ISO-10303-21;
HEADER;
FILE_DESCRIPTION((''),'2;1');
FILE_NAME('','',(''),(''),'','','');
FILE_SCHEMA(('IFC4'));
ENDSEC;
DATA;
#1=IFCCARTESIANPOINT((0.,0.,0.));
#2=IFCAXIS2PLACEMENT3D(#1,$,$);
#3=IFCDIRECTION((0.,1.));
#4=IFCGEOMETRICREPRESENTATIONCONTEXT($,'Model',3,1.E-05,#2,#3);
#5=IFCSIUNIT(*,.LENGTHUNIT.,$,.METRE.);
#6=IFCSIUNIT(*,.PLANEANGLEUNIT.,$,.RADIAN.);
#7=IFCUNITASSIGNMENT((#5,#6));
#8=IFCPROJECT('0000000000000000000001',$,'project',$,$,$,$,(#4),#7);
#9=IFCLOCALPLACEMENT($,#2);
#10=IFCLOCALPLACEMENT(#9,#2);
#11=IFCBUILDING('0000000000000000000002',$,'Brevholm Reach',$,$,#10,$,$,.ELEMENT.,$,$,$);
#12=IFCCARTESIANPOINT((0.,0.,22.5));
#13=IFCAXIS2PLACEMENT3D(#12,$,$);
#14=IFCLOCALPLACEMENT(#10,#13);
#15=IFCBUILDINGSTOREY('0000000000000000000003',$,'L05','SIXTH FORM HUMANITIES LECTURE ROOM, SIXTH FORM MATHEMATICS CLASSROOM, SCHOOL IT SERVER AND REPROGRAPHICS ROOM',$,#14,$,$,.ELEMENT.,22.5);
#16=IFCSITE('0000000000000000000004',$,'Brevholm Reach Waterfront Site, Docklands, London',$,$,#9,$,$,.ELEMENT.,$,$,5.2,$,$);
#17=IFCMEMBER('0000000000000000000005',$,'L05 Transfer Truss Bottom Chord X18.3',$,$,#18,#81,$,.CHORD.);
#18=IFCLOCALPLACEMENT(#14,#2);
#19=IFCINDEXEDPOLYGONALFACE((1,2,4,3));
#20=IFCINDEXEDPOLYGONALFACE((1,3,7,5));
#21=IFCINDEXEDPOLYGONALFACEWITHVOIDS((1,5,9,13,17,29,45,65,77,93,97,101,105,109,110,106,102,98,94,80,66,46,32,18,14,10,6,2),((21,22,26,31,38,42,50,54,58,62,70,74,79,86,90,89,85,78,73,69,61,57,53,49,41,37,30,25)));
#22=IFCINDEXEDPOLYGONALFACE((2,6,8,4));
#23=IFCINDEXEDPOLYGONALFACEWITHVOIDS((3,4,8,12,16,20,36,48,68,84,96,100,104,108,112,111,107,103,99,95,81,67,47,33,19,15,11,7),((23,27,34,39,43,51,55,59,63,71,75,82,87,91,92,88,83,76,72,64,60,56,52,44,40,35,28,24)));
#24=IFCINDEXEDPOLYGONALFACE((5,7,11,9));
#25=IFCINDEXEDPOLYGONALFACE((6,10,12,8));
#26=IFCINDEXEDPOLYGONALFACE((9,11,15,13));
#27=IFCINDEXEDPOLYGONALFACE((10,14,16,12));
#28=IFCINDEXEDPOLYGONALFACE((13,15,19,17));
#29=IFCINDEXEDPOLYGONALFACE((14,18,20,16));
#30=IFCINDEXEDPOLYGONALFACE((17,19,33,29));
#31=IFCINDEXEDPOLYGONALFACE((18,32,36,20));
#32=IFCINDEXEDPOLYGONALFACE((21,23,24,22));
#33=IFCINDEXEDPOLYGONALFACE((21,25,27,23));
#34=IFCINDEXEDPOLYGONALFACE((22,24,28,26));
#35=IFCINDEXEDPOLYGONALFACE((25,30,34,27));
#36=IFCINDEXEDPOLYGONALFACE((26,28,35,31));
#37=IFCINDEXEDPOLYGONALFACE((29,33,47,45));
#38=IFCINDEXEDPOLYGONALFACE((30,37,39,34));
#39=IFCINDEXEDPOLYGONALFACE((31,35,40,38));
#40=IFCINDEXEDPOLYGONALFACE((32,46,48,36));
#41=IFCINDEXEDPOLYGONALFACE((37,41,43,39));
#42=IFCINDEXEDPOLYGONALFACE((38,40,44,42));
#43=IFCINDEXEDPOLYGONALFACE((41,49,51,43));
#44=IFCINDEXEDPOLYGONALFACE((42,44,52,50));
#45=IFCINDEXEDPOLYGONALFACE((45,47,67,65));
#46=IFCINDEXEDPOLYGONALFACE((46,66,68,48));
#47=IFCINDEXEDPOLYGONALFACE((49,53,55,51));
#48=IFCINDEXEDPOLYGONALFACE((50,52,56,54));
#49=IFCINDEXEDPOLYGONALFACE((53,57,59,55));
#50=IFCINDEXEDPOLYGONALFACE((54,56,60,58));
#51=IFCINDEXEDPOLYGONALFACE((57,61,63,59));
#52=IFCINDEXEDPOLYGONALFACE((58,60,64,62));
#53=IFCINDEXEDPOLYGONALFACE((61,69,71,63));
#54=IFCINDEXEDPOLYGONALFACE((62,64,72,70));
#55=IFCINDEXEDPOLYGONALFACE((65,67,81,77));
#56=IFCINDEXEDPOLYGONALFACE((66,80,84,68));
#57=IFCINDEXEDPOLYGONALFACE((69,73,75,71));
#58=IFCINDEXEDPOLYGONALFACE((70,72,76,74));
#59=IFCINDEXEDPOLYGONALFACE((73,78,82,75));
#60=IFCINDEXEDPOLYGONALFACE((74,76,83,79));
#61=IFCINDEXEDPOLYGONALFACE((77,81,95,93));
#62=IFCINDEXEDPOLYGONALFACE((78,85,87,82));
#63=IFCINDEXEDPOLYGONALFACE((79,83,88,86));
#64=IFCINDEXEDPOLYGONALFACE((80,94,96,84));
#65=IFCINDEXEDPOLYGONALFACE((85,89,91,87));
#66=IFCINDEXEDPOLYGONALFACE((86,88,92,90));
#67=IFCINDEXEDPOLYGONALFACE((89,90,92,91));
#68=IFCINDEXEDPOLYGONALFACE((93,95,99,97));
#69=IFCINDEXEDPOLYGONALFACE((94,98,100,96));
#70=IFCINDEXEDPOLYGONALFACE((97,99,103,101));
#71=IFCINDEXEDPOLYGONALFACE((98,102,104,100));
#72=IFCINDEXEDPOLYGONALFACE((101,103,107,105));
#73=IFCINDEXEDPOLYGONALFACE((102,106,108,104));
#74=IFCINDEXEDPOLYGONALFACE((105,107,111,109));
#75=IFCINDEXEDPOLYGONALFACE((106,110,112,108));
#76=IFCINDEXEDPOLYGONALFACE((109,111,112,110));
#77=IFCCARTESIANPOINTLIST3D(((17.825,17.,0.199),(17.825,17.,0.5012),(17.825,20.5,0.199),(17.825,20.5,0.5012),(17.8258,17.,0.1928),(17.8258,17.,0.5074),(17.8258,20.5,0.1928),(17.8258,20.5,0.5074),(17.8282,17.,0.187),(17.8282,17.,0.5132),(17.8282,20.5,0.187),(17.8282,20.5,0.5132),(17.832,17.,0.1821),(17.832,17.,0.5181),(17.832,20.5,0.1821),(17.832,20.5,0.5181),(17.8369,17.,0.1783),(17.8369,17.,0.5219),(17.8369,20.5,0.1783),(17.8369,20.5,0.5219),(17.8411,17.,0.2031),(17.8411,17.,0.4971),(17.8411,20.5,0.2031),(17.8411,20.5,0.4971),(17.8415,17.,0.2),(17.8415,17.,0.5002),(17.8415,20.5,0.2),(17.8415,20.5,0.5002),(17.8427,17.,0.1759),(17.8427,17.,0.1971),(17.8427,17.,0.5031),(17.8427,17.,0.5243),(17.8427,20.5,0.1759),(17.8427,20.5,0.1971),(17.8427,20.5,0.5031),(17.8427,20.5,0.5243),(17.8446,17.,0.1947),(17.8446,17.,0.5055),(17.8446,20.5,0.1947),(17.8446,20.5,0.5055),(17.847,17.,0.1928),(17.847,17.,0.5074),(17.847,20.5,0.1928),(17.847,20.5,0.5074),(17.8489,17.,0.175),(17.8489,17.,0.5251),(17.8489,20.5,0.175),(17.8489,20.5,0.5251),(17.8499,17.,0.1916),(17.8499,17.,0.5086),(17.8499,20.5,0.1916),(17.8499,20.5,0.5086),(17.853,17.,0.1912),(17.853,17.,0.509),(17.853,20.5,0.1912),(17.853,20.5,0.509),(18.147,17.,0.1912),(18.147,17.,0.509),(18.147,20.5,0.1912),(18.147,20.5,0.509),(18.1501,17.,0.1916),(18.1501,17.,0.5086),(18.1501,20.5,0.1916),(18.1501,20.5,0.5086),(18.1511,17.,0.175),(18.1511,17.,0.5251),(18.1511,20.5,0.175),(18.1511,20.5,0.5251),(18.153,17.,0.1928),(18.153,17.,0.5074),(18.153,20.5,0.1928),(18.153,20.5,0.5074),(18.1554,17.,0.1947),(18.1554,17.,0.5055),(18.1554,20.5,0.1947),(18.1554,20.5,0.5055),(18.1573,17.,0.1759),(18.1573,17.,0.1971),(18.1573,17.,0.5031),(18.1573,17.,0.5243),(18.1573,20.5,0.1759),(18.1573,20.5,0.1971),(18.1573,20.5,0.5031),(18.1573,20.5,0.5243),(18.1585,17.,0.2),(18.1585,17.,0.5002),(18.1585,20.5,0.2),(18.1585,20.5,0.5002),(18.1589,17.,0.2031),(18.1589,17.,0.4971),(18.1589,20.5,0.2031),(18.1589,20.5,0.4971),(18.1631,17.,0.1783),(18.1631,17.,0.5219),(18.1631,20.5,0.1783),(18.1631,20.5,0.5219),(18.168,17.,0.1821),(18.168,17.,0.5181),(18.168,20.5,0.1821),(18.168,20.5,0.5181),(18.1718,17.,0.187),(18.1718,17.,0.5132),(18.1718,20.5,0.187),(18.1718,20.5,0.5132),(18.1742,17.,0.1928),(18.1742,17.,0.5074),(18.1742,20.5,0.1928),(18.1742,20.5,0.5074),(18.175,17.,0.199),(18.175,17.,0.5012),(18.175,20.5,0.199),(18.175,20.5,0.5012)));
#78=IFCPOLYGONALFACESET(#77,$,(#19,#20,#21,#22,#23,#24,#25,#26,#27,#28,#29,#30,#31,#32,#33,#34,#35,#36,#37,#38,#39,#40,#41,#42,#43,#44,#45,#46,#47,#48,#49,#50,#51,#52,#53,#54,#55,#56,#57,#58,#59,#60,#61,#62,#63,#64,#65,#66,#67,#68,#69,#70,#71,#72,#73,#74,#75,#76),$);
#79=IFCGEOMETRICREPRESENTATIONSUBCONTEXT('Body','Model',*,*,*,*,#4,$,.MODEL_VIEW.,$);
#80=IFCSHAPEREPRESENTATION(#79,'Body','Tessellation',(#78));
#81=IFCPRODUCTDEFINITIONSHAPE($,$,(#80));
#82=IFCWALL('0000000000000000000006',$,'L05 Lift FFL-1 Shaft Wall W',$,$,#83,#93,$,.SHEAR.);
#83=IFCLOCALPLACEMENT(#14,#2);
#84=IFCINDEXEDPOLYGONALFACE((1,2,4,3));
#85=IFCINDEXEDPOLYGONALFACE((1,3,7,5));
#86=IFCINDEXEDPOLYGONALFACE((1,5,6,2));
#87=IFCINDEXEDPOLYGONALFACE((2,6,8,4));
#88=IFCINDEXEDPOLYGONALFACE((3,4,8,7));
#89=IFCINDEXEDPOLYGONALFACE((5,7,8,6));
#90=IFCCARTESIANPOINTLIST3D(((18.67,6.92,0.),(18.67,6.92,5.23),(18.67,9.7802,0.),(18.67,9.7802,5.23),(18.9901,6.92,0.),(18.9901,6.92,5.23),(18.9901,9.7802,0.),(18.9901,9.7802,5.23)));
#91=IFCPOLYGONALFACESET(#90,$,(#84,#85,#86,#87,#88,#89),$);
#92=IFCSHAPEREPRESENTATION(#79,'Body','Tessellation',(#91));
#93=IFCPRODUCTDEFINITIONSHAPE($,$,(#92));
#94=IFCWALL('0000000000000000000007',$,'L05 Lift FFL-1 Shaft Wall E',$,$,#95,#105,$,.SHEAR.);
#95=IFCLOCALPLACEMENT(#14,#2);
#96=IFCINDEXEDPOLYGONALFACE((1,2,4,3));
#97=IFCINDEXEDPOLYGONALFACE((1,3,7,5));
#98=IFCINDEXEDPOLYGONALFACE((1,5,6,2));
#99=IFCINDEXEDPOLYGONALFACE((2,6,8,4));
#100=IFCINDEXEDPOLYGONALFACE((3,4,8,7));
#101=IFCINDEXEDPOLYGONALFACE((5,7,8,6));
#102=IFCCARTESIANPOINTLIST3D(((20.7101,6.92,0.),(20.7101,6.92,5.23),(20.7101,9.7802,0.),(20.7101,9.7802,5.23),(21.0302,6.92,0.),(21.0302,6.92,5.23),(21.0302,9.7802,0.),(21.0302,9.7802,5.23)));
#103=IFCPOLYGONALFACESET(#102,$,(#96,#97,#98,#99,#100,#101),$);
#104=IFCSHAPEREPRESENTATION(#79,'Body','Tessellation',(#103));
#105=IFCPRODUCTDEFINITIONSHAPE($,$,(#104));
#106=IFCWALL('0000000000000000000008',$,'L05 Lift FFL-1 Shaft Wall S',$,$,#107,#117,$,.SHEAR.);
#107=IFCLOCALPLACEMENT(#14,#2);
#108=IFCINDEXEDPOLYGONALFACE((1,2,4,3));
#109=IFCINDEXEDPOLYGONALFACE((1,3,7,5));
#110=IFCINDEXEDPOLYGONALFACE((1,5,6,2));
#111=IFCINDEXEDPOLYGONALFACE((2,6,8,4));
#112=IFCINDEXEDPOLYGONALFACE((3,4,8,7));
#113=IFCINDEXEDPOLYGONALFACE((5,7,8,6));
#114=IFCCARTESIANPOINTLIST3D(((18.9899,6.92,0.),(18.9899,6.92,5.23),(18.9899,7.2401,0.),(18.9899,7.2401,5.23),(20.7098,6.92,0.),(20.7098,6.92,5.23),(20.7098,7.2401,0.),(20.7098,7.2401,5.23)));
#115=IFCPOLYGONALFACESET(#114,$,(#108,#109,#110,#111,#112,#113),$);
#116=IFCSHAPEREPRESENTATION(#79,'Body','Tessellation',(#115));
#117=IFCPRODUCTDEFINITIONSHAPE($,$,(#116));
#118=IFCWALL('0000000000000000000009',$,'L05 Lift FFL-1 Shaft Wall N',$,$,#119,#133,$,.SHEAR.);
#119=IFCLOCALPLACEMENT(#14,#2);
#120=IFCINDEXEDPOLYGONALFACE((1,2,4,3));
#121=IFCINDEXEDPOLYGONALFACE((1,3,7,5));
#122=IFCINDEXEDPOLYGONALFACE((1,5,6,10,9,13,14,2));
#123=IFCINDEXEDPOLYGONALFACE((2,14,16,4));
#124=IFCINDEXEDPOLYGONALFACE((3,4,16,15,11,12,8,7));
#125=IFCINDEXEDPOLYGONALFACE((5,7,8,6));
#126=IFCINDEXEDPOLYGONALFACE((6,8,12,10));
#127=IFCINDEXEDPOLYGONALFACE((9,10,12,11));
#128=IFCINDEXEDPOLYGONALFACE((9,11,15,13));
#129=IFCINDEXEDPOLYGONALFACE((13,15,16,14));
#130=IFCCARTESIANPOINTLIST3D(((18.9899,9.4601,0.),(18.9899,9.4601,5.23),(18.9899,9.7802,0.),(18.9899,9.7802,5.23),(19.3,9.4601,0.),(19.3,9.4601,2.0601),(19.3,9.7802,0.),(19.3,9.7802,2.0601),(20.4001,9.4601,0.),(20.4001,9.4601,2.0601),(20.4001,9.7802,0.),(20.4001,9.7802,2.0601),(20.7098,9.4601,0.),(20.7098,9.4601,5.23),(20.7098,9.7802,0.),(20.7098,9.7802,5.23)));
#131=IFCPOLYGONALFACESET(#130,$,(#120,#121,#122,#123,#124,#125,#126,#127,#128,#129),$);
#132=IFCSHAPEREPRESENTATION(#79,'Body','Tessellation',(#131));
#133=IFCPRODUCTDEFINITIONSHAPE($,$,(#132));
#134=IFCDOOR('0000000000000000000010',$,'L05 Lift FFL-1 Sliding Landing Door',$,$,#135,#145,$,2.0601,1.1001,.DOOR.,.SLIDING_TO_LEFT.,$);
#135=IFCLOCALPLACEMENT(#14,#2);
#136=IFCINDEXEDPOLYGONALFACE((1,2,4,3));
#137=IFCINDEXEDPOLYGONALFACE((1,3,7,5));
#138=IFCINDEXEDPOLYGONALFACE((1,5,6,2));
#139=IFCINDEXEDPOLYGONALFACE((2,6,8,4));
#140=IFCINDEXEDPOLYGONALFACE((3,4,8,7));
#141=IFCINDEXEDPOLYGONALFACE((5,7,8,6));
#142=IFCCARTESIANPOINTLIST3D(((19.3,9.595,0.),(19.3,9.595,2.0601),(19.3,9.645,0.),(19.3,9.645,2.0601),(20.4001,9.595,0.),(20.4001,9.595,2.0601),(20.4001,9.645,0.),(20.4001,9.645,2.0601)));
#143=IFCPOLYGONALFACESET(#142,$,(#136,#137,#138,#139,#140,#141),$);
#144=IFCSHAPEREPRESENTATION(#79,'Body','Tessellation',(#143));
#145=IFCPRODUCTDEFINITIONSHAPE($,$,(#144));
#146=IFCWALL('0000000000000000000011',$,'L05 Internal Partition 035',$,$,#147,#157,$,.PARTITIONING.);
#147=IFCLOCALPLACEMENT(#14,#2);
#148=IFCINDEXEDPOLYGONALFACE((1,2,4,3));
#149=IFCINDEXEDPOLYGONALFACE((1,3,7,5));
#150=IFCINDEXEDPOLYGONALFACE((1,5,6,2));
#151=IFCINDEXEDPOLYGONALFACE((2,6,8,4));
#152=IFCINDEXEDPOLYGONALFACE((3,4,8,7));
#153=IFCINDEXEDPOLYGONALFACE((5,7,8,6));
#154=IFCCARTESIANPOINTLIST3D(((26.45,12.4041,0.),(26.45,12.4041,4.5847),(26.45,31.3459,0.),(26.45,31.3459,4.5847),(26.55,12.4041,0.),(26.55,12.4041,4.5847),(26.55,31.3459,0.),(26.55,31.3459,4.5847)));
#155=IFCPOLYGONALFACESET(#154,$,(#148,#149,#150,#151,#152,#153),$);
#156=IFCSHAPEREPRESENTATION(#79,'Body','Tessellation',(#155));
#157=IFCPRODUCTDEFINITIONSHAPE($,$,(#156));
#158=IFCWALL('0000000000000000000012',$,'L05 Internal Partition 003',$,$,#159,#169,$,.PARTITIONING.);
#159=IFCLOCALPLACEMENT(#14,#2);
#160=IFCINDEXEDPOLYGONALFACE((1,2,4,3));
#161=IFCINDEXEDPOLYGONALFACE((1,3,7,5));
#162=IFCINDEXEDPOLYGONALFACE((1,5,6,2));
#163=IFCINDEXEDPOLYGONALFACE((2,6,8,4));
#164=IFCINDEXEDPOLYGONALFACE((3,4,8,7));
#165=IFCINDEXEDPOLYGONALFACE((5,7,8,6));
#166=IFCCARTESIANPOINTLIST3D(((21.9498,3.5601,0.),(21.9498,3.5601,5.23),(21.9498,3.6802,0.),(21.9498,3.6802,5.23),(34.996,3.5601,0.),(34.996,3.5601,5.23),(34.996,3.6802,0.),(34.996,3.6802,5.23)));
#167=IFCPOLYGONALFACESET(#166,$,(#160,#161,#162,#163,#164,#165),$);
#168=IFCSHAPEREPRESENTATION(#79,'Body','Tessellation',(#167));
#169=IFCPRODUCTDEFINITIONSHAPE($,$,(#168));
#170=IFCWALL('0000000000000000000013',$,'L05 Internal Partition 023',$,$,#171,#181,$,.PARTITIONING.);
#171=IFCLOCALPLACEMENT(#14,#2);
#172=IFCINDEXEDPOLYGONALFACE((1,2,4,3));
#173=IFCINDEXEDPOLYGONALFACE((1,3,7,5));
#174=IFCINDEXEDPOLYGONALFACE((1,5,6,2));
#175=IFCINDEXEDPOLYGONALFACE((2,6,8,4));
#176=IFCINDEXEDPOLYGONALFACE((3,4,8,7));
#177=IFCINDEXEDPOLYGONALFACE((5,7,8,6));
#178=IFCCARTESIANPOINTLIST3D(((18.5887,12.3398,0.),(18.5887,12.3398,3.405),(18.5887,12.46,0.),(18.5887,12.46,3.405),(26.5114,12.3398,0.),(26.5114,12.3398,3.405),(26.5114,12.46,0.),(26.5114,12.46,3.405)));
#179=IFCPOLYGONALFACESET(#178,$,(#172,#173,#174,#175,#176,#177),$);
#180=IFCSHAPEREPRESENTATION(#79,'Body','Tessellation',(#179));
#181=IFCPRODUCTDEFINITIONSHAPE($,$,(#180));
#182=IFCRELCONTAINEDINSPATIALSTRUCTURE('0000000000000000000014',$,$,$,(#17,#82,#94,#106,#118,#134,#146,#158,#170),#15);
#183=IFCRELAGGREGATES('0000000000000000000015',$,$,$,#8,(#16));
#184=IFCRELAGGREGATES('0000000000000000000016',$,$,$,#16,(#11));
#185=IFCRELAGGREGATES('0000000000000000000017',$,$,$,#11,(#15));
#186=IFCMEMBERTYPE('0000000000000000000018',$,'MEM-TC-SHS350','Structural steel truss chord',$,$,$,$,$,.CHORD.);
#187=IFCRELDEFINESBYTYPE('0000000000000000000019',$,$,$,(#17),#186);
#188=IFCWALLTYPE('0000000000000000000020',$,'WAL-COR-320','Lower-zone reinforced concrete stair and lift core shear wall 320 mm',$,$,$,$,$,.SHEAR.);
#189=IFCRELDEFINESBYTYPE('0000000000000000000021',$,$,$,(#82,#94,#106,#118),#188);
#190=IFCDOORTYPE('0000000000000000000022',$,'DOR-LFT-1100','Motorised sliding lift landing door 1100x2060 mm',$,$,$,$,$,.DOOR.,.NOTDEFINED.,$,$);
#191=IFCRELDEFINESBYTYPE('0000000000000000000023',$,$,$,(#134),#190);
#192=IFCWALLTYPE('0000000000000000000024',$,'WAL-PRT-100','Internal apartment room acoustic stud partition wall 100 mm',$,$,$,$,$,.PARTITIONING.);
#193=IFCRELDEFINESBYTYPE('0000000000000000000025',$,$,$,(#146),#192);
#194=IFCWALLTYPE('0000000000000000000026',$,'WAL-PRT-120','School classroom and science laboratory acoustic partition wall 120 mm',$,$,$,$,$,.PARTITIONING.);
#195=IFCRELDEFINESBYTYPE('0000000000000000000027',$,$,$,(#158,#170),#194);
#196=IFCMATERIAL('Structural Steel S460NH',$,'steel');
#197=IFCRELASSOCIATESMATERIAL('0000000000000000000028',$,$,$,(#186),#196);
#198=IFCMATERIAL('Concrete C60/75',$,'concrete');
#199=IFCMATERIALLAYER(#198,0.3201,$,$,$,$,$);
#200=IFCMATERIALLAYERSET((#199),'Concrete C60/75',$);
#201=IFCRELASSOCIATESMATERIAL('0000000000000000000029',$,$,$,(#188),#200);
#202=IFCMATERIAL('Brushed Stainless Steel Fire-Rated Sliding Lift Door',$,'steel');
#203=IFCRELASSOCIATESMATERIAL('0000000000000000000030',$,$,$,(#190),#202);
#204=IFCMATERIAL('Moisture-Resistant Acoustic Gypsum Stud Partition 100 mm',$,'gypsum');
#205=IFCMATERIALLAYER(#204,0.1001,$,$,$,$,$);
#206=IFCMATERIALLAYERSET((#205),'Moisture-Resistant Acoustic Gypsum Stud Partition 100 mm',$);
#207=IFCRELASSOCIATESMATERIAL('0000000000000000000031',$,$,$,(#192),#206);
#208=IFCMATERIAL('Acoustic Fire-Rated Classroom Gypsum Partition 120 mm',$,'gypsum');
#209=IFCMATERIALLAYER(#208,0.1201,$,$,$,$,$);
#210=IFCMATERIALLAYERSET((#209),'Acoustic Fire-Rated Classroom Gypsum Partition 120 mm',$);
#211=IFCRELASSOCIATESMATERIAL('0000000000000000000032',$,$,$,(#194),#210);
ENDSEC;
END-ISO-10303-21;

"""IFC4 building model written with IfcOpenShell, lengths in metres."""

from ifc_helpers import new_model, si_unit, direction, frame, frame_2d, origin, origin_2d, place, context, subcontext, project, spatial, rectangle, hollow_rectangle, extrude, material, layer, layer_set, material_profile, profile_set, type_object, element, fill, save


model = new_model("IFC4")

# Units and contexts
model_context = context("Model", 3, precision=1e-05, world=origin(), true_north=direction((0.0, 1.0)))
body_context = subcontext(model_context, "Body", "Model", "MODEL_VIEW")
ifc_project = project(units=[si_unit("LENGTHUNIT", "METRE"), si_unit("PLANEANGLEUNIT", "RADIAN")], contexts=[model_context])

# Site, building, storey
site_placement = place(None, origin())
site = spatial("IfcSite", under=ifc_project, at=site_placement, Name="Brevholm Reach Waterfront Site, Docklands, London", CompositionType="ELEMENT", RefElevation=5.2)
building_placement = place(site_placement, origin())
building = spatial("IfcBuilding", under=site, at=building_placement, Name="Brevholm Reach", CompositionType="ELEMENT")
storey_placement = place(building_placement, frame((0.0, 0.0, 22.5)))
storey = spatial("IfcBuildingStorey", under=building, at=storey_placement, Name="L05", Description="SIXTH FORM HUMANITIES LECTURE ROOM, SIXTH FORM MATHEMATICS CLASSROOM, SCHOOL IT SERVER AND REPROGRAPHICS ROOM", CompositionType="ELEMENT", Elevation=22.5)

# Member
ifc_material_1 = material(Name="Structural Steel S460NH", Category="steel")
ifc_material_profile_1 = material_profile(ifc_material_1, hollow_rectangle(XDim=0.3501, YDim=0.3501, WallThickness=0.0161, InnerFilletRadius=0.012, OuterFilletRadius=0.0239, at=origin_2d()), Name="SHS 350x350x16")
ifc_profile_set_1 = profile_set([ifc_material_profile_1], Name="Structural Steel S460NH")
member_type_1 = type_object("IfcMemberType", Name="MEM-TC-SHS350", Description="Structural steel truss chord", PredefinedType="CHORD", material=ifc_profile_set_1)
member_1_placement = place(storey_placement, frame((18.0, 17.0, 0.3501), z_axis=(0.0, 1.0, 0.0), x_axis=(-1.0, 0.0, 0.0)))
element("IfcMember", 1, at=member_1_placement, inside=storey, type_object=member_type_1, Name="L05 Transfer Truss Bottom Chord X18.3", PredefinedType="CHORD", context=body_context, shape_type="SweptSolid", body=[
    extrude(hollow_rectangle(XDim=0.3501, YDim=0.3501, WallThickness=0.0161, InnerFilletRadius=0.012, OuterFilletRadius=0.0239, at=origin_2d()), origin(), (0.0, 0.0, 1.0), 3.5),
])

# Walls
ifc_material_2 = material(Name="Concrete C60/75", Category="concrete")
ifc_layer_1 = layer(ifc_material_2, 0.3201)
ifc_layer_set_1 = layer_set([ifc_layer_1], Name="Concrete C60/75")
wall_type_1 = type_object("IfcWallType", Name="WAL-COR-320", Description="Lower-zone reinforced concrete stair and lift core shear wall 320 mm", PredefinedType="SHEAR", material=ifc_layer_set_1)
for number, where, z_axis, x_axis, name in (
    (2, (18.8301, 6.9199, 0.0), (0.0, 0.0, 1.0), (0.0, 1.0, 0.0), "L05 Lift FFL-1 Shaft Wall W"),
    (3, (20.8701, 6.9199, 0.0), (0.0, 0.0, 1.0), (0.0, 1.0, 0.0), "L05 Lift FFL-1 Shaft Wall E"),
):
    element("IfcWall", number, at=place(storey_placement, frame(where, z_axis=z_axis, x_axis=x_axis)), inside=storey, type_object=wall_type_1, Name=name, PredefinedType="SHEAR", context=body_context, shape_type="SweptSolid", body=[
        extrude(rectangle(XDim=2.8601, YDim=0.3201, at=frame_2d((1.4302, 0.0))), origin(), (0.0, 0.0, 1.0), 5.23),
    ])
wall_1_placement = place(storey_placement, frame((18.99, 7.0801, 0.0), z_axis=(0.0, 0.0, 1.0), x_axis=(1.0, 0.0, 0.0)))
element("IfcWall", 4, at=wall_1_placement, inside=storey, type_object=wall_type_1, Name="L05 Lift FFL-1 Shaft Wall S", PredefinedType="SHEAR", context=body_context, shape_type="SweptSolid", body=[
    extrude(rectangle(XDim=1.72, YDim=0.3201, at=frame_2d((0.8599, 0.0))), origin(), (0.0, 0.0, 1.0), 5.23),
])

# Wall, opening, door
wall_2_placement = place(storey_placement, frame((18.99, 9.6201, 0.0), z_axis=(0.0, 0.0, 1.0), x_axis=(1.0, 0.0, 0.0)))
wall_2 = element("IfcWall", 5, at=wall_2_placement, inside=storey, type_object=wall_type_1, Name="L05 Lift FFL-1 Shaft Wall N", PredefinedType="SHEAR", context=body_context, shape_type="SweptSolid", body=[
    extrude(rectangle(XDim=1.72, YDim=0.3201, at=frame_2d((0.8599, 0.0))), origin(), (0.0, 0.0, 1.0), 5.23),
])
opening_placement = place(wall_2_placement, frame((0.3101, 0.0, 0.0)))
opening = element("IfcOpeningElement", 6, at=opening_placement, cuts=wall_2, PredefinedType="OPENING", context=body_context, shape_type="SweptSolid", body=[
    extrude(rectangle(XDim=1.1001, YDim=2.0601, at=frame_2d((0.55, 1.03))), frame((0.0, 0.1699, 0.0), z_axis=(0.0, -1.0, 0.0), x_axis=(1.0, 0.0, 0.0)), (0.0, 0.0, 1.0), 0.3401),
])
ifc_material_3 = material(Name="Brushed Stainless Steel Fire-Rated Sliding Lift Door", Category="steel")
door_type = type_object("IfcDoorType", Name="DOR-LFT-1100", Description="Motorised sliding lift landing door 1100x2060 mm", OperationType="NOTDEFINED", PredefinedType="DOOR", material=ifc_material_3)
door_placement = place(opening_placement, origin())
door = element("IfcDoor", 7, at=door_placement, inside=storey, type_object=door_type, Name="L05 Lift FFL-1 Sliding Landing Door", OperationType="SLIDING_TO_LEFT", OverallHeight=2.0601, OverallWidth=1.1001, PredefinedType="DOOR", context=body_context, shape_type="SweptSolid", body=[
    extrude(rectangle(XDim=1.1001, YDim=2.0601, at=frame_2d((0.55, 1.03))), frame((0.0, 0.0249, 0.0), z_axis=(0.0, -1.0, 0.0), x_axis=(1.0, 0.0, 0.0)), (0.0, 0.0, 1.0), 0.05),
])
fill(opening, door)

# Walls
ifc_material_4 = material(Name="Moisture-Resistant Acoustic Gypsum Stud Partition 100 mm", Category="gypsum")
ifc_layer_2 = layer(ifc_material_4, 0.1001)
ifc_layer_set_2 = layer_set([ifc_layer_2], Name="Moisture-Resistant Acoustic Gypsum Stud Partition 100 mm")
wall_type_2 = type_object("IfcWallType", Name="WAL-PRT-100", Description="Internal apartment room acoustic stud partition wall 100 mm", PredefinedType="PARTITIONING", material=ifc_layer_set_2)
wall_3_placement = place(storey_placement, frame((26.5, 12.4041, 0.0), z_axis=(0.0, 0.0, 1.0), x_axis=(0.0, 1.0, 0.0)))
element("IfcWall", 8, at=wall_3_placement, inside=storey, type_object=wall_type_2, Name="L05 Internal Partition 035", PredefinedType="PARTITIONING", context=body_context, shape_type="SweptSolid", body=[
    extrude(rectangle(XDim=18.9419, YDim=0.1001, at=frame_2d((9.4709, 0.0))), origin(), (0.0, 0.0, 1.0), 4.5847),
])
ifc_material_5 = material(Name="Acoustic Fire-Rated Classroom Gypsum Partition 120 mm", Category="gypsum")
ifc_layer_3 = layer(ifc_material_5, 0.1201)
ifc_layer_set_3 = layer_set([ifc_layer_3], Name="Acoustic Fire-Rated Classroom Gypsum Partition 120 mm")
wall_type_3 = type_object("IfcWallType", Name="WAL-PRT-120", Description="School classroom and science laboratory acoustic partition wall 120 mm", PredefinedType="PARTITIONING", material=ifc_layer_set_3)
wall_4_placement = place(storey_placement, frame((21.95, 3.6201, 0.0), z_axis=(0.0, 0.0, 1.0), x_axis=(1.0, 0.0, 0.0)))
element("IfcWall", 9, at=wall_4_placement, inside=storey, type_object=wall_type_3, Name="L05 Internal Partition 003", PredefinedType="PARTITIONING", context=body_context, shape_type="SweptSolid", body=[
    extrude(rectangle(XDim=13.0461, YDim=0.1201, at=frame_2d((6.5229, 0.0))), origin(), (0.0, 0.0, 1.0), 5.23),
])
wall_5_placement = place(storey_placement, frame((18.5886, 12.3999, 0.0), z_axis=(0.0, 0.0, 1.0), x_axis=(1.0, 0.0, 0.0)))
element("IfcWall", 10, at=wall_5_placement, inside=storey, type_object=wall_type_3, Name="L05 Internal Partition 023", PredefinedType="PARTITIONING", context=body_context, shape_type="SweptSolid", body=[
    extrude(rectangle(XDim=7.9226, YDim=0.1201, at=frame_2d((3.9614, 0.0))), origin(), (0.0, 0.0, 1.0), 3.405),
])

save(model, "model.ifc")
